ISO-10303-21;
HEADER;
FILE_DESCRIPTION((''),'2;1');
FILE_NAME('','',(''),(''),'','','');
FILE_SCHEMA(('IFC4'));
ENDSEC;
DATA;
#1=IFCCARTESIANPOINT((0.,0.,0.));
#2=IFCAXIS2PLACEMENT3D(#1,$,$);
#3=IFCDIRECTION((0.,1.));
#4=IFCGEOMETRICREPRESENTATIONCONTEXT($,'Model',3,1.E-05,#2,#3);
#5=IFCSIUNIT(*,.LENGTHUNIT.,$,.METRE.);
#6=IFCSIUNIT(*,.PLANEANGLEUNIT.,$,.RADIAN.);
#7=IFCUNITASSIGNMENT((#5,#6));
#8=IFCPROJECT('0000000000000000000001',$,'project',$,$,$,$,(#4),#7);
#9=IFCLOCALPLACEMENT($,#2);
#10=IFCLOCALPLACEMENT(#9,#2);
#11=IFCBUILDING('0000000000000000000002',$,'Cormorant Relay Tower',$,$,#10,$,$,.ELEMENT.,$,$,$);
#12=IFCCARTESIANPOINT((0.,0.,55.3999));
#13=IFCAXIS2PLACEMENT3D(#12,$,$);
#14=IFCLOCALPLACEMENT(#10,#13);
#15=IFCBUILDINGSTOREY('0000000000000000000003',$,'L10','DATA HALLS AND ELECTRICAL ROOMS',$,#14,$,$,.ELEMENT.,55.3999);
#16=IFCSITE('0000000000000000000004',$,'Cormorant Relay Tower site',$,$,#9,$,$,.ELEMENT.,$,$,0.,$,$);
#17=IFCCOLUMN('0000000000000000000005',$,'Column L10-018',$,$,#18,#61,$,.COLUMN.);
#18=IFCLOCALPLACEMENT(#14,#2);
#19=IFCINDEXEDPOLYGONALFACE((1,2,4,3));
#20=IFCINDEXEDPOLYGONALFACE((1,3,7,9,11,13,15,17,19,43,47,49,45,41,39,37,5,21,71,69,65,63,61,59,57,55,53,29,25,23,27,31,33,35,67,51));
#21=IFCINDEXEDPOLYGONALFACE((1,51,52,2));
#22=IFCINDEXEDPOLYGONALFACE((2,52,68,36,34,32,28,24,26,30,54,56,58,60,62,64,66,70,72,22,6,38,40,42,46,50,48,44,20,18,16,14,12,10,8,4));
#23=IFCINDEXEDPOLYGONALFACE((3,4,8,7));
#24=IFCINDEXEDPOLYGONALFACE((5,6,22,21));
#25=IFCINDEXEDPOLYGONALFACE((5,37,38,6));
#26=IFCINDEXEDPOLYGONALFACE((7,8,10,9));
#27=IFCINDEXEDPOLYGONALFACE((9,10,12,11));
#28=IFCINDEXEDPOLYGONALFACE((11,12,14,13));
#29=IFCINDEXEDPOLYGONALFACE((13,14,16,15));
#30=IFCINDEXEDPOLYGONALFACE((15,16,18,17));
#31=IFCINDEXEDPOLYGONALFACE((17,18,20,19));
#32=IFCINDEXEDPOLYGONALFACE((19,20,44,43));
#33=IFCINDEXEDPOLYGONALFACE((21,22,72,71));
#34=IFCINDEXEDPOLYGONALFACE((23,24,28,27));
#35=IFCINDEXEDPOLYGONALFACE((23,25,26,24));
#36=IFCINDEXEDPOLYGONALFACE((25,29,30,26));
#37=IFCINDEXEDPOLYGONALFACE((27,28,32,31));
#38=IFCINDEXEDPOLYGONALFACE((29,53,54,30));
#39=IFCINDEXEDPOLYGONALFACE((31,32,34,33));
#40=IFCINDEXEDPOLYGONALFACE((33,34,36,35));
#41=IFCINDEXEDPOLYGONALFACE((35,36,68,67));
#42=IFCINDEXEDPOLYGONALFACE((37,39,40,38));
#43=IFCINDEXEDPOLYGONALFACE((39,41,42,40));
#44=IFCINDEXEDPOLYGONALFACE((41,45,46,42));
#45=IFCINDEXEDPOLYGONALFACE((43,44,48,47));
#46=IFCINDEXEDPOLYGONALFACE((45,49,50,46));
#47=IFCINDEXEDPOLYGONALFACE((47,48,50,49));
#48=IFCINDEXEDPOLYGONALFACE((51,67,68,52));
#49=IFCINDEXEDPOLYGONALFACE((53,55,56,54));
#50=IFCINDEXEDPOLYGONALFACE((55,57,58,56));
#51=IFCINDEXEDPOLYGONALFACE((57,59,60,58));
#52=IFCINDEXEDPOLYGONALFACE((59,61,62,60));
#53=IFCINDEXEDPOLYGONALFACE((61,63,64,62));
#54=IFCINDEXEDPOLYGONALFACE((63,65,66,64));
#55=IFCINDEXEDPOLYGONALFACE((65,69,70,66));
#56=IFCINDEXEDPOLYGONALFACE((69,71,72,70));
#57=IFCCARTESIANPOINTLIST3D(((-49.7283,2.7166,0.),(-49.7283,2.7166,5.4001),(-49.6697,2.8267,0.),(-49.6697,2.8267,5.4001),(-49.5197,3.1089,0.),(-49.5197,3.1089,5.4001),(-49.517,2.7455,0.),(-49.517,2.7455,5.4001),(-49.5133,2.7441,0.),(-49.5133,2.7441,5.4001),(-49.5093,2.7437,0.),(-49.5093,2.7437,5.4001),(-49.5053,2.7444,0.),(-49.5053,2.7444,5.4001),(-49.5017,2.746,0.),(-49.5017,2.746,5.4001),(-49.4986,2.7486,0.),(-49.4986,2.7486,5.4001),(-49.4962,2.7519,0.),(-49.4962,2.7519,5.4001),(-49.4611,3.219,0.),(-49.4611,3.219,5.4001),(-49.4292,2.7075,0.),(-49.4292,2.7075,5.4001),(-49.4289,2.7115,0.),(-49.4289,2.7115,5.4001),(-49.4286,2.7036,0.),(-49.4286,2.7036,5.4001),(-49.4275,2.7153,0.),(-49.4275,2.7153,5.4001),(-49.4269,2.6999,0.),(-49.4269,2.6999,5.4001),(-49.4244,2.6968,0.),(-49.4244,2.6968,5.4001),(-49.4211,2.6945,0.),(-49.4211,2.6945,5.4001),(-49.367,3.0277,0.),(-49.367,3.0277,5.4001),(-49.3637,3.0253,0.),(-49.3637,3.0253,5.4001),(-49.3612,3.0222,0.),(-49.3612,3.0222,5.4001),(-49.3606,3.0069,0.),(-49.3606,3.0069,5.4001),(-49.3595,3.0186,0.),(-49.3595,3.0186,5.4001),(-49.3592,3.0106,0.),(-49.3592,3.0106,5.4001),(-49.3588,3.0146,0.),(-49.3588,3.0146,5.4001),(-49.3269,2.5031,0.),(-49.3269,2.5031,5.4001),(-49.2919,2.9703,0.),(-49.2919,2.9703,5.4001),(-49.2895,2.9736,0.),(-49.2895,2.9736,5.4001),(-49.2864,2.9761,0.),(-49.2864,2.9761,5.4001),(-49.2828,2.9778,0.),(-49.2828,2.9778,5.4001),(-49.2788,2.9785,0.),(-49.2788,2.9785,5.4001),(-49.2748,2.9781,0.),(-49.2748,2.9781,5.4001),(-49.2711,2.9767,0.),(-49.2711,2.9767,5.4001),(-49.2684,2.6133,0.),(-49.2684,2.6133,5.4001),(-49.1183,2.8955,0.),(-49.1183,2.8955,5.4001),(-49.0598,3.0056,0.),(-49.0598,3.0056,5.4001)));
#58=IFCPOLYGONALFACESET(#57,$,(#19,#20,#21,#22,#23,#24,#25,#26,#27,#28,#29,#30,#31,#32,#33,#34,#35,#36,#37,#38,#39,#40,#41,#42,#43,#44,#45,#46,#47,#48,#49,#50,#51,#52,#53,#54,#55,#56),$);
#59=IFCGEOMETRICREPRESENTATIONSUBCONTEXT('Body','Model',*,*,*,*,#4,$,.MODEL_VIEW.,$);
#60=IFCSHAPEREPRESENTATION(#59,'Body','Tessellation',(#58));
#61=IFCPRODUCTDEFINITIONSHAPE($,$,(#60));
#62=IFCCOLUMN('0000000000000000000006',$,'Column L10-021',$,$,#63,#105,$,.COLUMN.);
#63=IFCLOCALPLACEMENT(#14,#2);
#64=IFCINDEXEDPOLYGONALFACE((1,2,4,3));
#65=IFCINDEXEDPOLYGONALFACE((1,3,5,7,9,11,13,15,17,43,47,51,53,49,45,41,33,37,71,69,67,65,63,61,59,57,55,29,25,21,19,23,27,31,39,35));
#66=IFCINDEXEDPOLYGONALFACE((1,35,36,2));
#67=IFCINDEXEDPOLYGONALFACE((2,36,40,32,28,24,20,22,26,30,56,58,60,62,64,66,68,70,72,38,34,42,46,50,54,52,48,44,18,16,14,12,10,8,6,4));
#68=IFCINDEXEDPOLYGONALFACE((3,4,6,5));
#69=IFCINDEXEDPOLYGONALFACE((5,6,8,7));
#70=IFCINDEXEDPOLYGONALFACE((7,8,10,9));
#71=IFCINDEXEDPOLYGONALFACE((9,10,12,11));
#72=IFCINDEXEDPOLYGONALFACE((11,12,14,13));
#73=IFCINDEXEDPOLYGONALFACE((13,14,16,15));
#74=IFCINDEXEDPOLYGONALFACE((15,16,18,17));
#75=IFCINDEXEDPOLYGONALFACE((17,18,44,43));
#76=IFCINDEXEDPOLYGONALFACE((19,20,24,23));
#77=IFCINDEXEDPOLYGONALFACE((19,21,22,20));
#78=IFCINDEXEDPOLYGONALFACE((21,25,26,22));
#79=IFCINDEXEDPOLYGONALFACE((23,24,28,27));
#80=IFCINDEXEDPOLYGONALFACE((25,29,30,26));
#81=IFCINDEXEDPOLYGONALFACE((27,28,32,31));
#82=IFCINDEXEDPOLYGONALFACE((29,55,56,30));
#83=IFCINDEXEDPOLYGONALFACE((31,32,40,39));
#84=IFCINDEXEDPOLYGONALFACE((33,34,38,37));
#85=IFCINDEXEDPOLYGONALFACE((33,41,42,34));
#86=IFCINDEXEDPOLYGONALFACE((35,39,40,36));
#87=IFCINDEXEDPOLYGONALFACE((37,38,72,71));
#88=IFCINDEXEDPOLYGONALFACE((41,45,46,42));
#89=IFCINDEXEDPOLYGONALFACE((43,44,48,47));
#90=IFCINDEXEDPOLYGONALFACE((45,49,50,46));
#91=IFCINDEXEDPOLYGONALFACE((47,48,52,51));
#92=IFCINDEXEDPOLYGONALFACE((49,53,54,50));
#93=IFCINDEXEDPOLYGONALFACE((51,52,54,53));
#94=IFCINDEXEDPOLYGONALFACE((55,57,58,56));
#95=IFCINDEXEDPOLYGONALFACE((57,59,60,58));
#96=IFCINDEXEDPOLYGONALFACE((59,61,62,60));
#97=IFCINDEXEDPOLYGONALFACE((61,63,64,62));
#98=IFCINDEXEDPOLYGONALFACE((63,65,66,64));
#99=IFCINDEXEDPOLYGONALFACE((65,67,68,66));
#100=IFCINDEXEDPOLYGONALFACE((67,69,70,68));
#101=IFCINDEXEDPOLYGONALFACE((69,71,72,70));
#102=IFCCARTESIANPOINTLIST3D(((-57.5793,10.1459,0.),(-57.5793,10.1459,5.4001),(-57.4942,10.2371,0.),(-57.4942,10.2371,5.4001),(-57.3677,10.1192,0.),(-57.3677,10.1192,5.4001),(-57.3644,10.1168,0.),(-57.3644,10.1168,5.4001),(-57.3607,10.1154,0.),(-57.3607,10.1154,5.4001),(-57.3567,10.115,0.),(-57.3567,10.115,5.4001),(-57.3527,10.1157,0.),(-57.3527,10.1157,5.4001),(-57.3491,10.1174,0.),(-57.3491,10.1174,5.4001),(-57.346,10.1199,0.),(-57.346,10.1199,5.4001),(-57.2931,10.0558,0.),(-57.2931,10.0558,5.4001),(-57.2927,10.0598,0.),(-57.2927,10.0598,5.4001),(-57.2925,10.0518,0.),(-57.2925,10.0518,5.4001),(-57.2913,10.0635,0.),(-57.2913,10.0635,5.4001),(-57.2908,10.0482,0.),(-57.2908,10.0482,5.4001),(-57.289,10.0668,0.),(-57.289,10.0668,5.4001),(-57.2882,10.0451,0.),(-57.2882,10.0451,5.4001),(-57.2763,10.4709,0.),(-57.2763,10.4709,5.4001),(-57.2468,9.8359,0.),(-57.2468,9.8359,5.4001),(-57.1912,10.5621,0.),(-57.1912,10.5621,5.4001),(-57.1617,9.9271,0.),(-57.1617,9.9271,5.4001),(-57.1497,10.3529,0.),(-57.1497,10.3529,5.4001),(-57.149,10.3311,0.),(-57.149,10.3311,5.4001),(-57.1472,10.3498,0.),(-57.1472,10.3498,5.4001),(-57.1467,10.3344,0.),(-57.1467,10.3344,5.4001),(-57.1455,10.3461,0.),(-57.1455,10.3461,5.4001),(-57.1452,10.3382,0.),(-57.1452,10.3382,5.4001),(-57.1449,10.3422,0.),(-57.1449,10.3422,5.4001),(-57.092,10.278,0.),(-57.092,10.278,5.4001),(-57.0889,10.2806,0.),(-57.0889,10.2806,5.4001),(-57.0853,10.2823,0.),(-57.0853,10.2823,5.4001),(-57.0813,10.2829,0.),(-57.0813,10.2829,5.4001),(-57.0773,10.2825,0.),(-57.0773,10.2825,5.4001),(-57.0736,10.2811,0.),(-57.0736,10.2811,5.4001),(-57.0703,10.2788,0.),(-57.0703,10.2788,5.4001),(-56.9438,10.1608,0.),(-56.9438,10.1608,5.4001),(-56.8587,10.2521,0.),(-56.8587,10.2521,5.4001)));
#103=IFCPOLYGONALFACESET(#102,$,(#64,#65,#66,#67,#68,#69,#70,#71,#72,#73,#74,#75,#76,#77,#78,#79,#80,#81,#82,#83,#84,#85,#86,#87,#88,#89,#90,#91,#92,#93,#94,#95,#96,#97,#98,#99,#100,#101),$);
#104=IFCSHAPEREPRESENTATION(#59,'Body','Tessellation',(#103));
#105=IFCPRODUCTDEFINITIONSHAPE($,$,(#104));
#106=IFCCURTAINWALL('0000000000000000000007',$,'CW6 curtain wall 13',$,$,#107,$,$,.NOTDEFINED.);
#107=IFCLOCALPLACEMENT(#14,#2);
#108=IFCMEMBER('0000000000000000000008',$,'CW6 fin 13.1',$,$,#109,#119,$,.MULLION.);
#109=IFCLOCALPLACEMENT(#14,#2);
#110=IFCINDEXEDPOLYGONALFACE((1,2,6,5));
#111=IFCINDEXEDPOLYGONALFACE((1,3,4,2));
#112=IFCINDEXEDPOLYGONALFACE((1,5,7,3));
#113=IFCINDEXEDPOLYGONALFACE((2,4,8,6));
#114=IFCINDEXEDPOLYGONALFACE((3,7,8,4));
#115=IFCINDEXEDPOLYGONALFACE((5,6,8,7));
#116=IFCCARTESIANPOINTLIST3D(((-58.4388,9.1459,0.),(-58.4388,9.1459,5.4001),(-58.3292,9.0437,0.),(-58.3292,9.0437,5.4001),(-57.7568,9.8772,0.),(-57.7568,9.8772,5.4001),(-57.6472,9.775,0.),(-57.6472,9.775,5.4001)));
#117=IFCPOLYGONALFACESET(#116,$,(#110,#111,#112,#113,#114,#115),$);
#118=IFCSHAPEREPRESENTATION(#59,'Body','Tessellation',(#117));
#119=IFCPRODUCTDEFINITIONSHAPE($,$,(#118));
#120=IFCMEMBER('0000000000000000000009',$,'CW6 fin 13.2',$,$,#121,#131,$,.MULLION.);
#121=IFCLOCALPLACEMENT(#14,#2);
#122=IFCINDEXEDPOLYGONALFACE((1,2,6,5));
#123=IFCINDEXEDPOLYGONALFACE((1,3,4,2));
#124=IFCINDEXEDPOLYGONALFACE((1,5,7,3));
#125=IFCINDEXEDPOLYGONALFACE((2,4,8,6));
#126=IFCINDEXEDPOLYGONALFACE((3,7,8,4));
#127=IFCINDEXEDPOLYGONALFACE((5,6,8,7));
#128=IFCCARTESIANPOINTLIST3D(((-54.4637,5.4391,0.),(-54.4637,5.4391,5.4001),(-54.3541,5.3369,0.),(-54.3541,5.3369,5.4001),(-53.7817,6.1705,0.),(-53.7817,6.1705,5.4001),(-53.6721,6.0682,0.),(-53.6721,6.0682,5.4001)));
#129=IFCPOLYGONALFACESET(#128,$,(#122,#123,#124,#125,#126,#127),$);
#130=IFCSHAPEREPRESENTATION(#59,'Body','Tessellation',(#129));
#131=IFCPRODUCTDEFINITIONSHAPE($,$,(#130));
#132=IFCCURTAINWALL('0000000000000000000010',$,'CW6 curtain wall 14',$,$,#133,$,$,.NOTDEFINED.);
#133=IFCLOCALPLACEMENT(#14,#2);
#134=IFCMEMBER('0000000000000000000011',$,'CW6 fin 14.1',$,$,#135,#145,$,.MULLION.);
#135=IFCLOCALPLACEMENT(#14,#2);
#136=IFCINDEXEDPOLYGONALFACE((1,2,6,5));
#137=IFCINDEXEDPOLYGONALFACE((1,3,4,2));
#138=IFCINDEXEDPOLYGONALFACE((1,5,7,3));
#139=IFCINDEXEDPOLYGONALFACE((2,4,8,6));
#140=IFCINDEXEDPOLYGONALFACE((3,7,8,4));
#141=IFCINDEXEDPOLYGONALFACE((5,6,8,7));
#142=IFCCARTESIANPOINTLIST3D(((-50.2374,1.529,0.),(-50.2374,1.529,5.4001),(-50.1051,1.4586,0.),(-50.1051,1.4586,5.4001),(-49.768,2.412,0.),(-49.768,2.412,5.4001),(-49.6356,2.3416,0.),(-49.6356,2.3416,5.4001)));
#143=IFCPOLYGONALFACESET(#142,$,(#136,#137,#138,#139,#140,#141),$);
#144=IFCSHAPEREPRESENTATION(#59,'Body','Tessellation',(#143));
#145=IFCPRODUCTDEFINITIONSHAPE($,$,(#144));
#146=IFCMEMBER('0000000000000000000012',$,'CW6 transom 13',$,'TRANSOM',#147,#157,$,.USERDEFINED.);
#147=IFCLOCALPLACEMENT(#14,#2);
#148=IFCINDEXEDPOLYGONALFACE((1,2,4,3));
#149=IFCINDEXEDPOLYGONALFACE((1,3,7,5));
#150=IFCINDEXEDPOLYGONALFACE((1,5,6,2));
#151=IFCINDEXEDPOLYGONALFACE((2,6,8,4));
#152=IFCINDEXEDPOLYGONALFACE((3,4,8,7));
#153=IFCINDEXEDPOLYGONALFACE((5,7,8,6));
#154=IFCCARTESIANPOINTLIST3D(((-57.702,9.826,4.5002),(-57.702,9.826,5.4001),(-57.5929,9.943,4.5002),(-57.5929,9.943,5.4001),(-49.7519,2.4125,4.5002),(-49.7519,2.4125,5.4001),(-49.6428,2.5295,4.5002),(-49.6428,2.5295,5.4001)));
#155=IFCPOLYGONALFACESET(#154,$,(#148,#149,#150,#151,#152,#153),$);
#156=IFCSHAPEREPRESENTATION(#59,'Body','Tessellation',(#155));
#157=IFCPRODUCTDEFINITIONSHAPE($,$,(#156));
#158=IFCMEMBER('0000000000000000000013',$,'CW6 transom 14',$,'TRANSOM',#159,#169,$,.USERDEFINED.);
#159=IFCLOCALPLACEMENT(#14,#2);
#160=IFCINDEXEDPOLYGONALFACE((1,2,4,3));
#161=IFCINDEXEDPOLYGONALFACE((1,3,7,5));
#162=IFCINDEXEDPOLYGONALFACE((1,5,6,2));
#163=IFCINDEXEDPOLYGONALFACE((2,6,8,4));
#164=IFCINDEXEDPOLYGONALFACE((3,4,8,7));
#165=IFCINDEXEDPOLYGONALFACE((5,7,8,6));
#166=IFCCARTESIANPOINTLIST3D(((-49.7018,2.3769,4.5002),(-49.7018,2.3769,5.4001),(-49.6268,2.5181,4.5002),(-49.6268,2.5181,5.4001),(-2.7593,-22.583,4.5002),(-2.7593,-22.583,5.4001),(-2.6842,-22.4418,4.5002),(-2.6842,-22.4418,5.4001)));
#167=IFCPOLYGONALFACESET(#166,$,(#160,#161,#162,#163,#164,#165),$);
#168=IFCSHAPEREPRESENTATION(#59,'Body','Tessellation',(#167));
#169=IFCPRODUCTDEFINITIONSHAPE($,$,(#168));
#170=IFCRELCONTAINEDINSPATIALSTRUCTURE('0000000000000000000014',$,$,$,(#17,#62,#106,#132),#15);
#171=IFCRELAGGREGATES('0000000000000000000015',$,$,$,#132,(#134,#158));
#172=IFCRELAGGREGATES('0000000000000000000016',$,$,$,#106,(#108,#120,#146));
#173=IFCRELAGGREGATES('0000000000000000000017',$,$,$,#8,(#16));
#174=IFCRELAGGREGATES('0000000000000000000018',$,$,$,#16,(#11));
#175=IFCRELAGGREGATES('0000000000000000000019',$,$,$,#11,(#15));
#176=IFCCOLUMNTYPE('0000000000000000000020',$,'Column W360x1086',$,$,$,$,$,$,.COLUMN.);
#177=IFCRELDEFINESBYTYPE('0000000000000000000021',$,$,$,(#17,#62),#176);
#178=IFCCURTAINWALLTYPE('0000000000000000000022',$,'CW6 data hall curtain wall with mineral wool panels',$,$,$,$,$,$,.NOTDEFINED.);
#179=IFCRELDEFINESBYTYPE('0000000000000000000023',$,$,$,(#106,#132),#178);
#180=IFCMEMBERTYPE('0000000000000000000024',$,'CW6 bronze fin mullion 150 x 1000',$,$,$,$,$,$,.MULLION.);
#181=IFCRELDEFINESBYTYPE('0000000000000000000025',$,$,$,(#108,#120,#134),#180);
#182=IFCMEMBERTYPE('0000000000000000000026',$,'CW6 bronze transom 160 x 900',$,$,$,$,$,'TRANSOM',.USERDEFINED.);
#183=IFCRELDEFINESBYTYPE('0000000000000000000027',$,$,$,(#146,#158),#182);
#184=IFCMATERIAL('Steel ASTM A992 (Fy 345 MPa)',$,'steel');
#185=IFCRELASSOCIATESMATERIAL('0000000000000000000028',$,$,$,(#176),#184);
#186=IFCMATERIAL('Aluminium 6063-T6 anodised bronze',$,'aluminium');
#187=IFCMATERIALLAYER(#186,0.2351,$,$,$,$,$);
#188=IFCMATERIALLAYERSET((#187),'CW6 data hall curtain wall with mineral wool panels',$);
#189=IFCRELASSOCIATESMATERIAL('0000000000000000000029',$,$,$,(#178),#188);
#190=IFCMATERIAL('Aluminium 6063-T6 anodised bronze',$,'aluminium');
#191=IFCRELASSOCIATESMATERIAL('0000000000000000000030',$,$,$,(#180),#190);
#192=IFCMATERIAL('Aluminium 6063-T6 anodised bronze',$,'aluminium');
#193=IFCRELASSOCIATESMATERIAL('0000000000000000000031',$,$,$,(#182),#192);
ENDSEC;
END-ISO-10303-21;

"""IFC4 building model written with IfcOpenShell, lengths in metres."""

from ifc_helpers import new_model, si_unit, direction, frame, origin, origin_2d, place, context, subcontext, project, spatial, rectangle, i_section, extrude, material, layer, layer_set, material_profile, profile_set, type_object, element, aggregate, save


model = new_model("IFC4")

# Units and contexts
model_context = context("Model", 3, precision=1e-05, world=origin(), true_north=direction((0.0, 1.0)))
body_context = subcontext(model_context, "Body", "Model", "MODEL_VIEW")
ifc_project = project(units=[si_unit("LENGTHUNIT", "METRE"), si_unit("PLANEANGLEUNIT", "RADIAN")], contexts=[model_context])

# Site, building, storey
site_placement = place(None, origin())
site = spatial("IfcSite", under=ifc_project, at=site_placement, Name="Cormorant Relay Tower site", CompositionType="ELEMENT", RefElevation=0.0)
building_placement = place(site_placement, origin())
building = spatial("IfcBuilding", under=site, at=building_placement, Name="Cormorant Relay Tower", CompositionType="ELEMENT")
storey_placement = place(building_placement, frame((0.0, 0.0, 55.3999)))
storey = spatial("IfcBuildingStorey", under=building, at=storey_placement, Name="L10", Description="DATA HALLS AND ELECTRICAL ROOMS", CompositionType="ELEMENT", Elevation=55.3999)

# Columns
ifc_material_1 = material(Name="Steel ASTM A992 (Fy 345 MPa)", Category="steel")
ifc_material_profile_1 = material_profile(ifc_material_1, i_section(OverallWidth=0.4546, OverallDepth=0.5691, WebThickness=0.0779, FlangeThickness=0.1248, FilletRadius=0.0154, at=origin_2d()), Name="W360x1086")
ifc_profile_set_1 = profile_set([ifc_material_profile_1], Name="Steel ASTM A992 (Fy 345 MPa)")
column_type = type_object("IfcColumnType", Name="Column W360x1086", PredefinedType="COLUMN", material=ifc_profile_set_1)
for number, where, z_axis, x_axis, name in (
    (1, (-49.394, 2.8611, 0.0), (0.0, 0.0, 1.0), (0.882948, -0.469472, 0.0), "Column L10-018"),
    (2, (-57.219, 10.199, 0.0), (0.0, 0.0, 1.0), (0.731354, -0.681998, 0.0), "Column L10-021"),
):
    element("IfcColumn", number, at=place(storey_placement, frame(where, z_axis=z_axis, x_axis=x_axis)), inside=storey, type_object=column_type, Name=name, PredefinedType="COLUMN", context=body_context, shape_type="SweptSolid", body=[
        extrude(i_section(OverallWidth=0.4546, OverallDepth=0.5691, WebThickness=0.0779, FlangeThickness=0.1248, FilletRadius=0.0154, at=origin_2d()), origin(), (0.0, 0.0, 1.0), 5.4001),
    ])

# Curtain wall, members
ifc_material_2 = material(Name="Aluminium 6063-T6 anodised bronze", Category="aluminium")
ifc_layer_1 = layer(ifc_material_2, 0.2351)
ifc_layer_set_1 = layer_set([ifc_layer_1], Name="CW6 data hall curtain wall with mineral wool panels")
curtain_wall_type = type_object("IfcCurtainWallType", Name="CW6 data hall curtain wall with mineral wool panels", PredefinedType="NOTDEFINED", material=ifc_layer_set_1)
curtain_wall_1_placement = place(storey_placement, origin())
curtain_wall_1 = element("IfcCurtainWall", 3, at=curtain_wall_1_placement, inside=storey, type_object=curtain_wall_type, Name="CW6 curtain wall 13", PredefinedType="NOTDEFINED")
ifc_material_3 = material(Name="Aluminium 6063-T6 anodised bronze", Category="aluminium")
ifc_material_profile_2 = material_profile(ifc_material_3, rectangle(XDim=0.1499, YDim=1.0, at=origin_2d()), Name="AL 150x1000")
ifc_profile_set_2 = profile_set([ifc_material_profile_2], Name="Aluminium 6063-T6 anodised bronze")
member_type_1 = type_object("IfcMemberType", Name="CW6 bronze fin mullion 150 x 1000", PredefinedType="MULLION", material=ifc_profile_set_2)
member_1_placement = place(storey_placement, frame((-58.043, 9.4604, 0.0), z_axis=(0.0, 0.0, 1.0), x_axis=(0.731354, -0.681998, 0.0)))
member_1 = element("IfcMember", 4, at=member_1_placement, type_object=member_type_1, Name="CW6 fin 13.1", PredefinedType="MULLION", context=body_context, shape_type="SweptSolid", body=[
    extrude(rectangle(XDim=0.1499, YDim=1.0, at=origin_2d()), origin(), (0.0, 0.0, 1.0), 5.4001),
])
member_2_placement = place(storey_placement, frame((-54.0679, 5.7537, 0.0), z_axis=(0.0, 0.0, 1.0), x_axis=(0.731354, -0.681998, 0.0)))
member_2 = element("IfcMember", 5, at=member_2_placement, type_object=member_type_1, Name="CW6 fin 13.2", PredefinedType="MULLION", context=body_context, shape_type="SweptSolid", body=[
    extrude(rectangle(XDim=0.1499, YDim=1.0, at=origin_2d()), origin(), (0.0, 0.0, 1.0), 5.4001),
])

# Curtain wall, member
curtain_wall_2_placement = place(storey_placement, origin())
curtain_wall_2 = element("IfcCurtainWall", 6, at=curtain_wall_2_placement, inside=storey, type_object=curtain_wall_type, Name="CW6 curtain wall 14", PredefinedType="NOTDEFINED")
member_3_placement = place(storey_placement, frame((-49.9365, 1.9353, 0.0), z_axis=(0.0, 0.0, 1.0), x_axis=(0.882948, -0.469472, 0.0)))
member_3 = element("IfcMember", 7, at=member_3_placement, type_object=member_type_1, Name="CW6 fin 14.1", PredefinedType="MULLION", context=body_context, shape_type="SweptSolid", body=[
    extrude(rectangle(XDim=0.1499, YDim=1.0, at=origin_2d()), origin(), (0.0, 0.0, 1.0), 5.4001),
])

# Members
ifc_material_4 = material(Name="Aluminium 6063-T6 anodised bronze", Category="aluminium")
ifc_material_profile_3 = material_profile(ifc_material_4, rectangle(XDim=0.1599, YDim=0.8999, at=origin_2d()), Name="AL 160x900")
ifc_profile_set_3 = profile_set([ifc_material_profile_3], Name="Aluminium 6063-T6 anodised bronze")
member_type_2 = type_object("IfcMemberType", Name="CW6 bronze transom 160 x 900", ElementType="TRANSOM", PredefinedType="USERDEFINED", material=ifc_profile_set_3)
member_4_placement = place(storey_placement, frame((-57.6475, 9.8845, 4.9502), z_axis=(0.731358, -0.681993, 0.0), x_axis=(0.681993, 0.731358, 0.0)))
member_4 = element("IfcMember", 8, at=member_4_placement, type_object=member_type_2, Name="CW6 transom 13", ObjectType="TRANSOM", PredefinedType="USERDEFINED", context=body_context, shape_type="SweptSolid", body=[
    extrude(rectangle(XDim=0.1599, YDim=0.8999, at=origin_2d()), origin(), (0.0, 0.0, 1.0), 10.8704),
])
member_5_placement = place(storey_placement, frame((-49.6643, 2.4475, 4.9502), z_axis=(0.882947, -0.469473, 0.0), x_axis=(0.469473, 0.882947, 0.0)))
member_5 = element("IfcMember", 9, at=member_5_placement, type_object=member_type_2, Name="CW6 transom 14", ObjectType="TRANSOM", PredefinedType="USERDEFINED", context=body_context, shape_type="SweptSolid", body=[
    extrude(rectangle(XDim=0.1599, YDim=0.8999, at=origin_2d()), origin(), (0.0, 0.0, 1.0), 53.1658),
])
aggregate(curtain_wall_2, [member_3, member_5])

aggregate(curtain_wall_1, [member_1, member_2, member_4])

save(model, "model.ifc")
